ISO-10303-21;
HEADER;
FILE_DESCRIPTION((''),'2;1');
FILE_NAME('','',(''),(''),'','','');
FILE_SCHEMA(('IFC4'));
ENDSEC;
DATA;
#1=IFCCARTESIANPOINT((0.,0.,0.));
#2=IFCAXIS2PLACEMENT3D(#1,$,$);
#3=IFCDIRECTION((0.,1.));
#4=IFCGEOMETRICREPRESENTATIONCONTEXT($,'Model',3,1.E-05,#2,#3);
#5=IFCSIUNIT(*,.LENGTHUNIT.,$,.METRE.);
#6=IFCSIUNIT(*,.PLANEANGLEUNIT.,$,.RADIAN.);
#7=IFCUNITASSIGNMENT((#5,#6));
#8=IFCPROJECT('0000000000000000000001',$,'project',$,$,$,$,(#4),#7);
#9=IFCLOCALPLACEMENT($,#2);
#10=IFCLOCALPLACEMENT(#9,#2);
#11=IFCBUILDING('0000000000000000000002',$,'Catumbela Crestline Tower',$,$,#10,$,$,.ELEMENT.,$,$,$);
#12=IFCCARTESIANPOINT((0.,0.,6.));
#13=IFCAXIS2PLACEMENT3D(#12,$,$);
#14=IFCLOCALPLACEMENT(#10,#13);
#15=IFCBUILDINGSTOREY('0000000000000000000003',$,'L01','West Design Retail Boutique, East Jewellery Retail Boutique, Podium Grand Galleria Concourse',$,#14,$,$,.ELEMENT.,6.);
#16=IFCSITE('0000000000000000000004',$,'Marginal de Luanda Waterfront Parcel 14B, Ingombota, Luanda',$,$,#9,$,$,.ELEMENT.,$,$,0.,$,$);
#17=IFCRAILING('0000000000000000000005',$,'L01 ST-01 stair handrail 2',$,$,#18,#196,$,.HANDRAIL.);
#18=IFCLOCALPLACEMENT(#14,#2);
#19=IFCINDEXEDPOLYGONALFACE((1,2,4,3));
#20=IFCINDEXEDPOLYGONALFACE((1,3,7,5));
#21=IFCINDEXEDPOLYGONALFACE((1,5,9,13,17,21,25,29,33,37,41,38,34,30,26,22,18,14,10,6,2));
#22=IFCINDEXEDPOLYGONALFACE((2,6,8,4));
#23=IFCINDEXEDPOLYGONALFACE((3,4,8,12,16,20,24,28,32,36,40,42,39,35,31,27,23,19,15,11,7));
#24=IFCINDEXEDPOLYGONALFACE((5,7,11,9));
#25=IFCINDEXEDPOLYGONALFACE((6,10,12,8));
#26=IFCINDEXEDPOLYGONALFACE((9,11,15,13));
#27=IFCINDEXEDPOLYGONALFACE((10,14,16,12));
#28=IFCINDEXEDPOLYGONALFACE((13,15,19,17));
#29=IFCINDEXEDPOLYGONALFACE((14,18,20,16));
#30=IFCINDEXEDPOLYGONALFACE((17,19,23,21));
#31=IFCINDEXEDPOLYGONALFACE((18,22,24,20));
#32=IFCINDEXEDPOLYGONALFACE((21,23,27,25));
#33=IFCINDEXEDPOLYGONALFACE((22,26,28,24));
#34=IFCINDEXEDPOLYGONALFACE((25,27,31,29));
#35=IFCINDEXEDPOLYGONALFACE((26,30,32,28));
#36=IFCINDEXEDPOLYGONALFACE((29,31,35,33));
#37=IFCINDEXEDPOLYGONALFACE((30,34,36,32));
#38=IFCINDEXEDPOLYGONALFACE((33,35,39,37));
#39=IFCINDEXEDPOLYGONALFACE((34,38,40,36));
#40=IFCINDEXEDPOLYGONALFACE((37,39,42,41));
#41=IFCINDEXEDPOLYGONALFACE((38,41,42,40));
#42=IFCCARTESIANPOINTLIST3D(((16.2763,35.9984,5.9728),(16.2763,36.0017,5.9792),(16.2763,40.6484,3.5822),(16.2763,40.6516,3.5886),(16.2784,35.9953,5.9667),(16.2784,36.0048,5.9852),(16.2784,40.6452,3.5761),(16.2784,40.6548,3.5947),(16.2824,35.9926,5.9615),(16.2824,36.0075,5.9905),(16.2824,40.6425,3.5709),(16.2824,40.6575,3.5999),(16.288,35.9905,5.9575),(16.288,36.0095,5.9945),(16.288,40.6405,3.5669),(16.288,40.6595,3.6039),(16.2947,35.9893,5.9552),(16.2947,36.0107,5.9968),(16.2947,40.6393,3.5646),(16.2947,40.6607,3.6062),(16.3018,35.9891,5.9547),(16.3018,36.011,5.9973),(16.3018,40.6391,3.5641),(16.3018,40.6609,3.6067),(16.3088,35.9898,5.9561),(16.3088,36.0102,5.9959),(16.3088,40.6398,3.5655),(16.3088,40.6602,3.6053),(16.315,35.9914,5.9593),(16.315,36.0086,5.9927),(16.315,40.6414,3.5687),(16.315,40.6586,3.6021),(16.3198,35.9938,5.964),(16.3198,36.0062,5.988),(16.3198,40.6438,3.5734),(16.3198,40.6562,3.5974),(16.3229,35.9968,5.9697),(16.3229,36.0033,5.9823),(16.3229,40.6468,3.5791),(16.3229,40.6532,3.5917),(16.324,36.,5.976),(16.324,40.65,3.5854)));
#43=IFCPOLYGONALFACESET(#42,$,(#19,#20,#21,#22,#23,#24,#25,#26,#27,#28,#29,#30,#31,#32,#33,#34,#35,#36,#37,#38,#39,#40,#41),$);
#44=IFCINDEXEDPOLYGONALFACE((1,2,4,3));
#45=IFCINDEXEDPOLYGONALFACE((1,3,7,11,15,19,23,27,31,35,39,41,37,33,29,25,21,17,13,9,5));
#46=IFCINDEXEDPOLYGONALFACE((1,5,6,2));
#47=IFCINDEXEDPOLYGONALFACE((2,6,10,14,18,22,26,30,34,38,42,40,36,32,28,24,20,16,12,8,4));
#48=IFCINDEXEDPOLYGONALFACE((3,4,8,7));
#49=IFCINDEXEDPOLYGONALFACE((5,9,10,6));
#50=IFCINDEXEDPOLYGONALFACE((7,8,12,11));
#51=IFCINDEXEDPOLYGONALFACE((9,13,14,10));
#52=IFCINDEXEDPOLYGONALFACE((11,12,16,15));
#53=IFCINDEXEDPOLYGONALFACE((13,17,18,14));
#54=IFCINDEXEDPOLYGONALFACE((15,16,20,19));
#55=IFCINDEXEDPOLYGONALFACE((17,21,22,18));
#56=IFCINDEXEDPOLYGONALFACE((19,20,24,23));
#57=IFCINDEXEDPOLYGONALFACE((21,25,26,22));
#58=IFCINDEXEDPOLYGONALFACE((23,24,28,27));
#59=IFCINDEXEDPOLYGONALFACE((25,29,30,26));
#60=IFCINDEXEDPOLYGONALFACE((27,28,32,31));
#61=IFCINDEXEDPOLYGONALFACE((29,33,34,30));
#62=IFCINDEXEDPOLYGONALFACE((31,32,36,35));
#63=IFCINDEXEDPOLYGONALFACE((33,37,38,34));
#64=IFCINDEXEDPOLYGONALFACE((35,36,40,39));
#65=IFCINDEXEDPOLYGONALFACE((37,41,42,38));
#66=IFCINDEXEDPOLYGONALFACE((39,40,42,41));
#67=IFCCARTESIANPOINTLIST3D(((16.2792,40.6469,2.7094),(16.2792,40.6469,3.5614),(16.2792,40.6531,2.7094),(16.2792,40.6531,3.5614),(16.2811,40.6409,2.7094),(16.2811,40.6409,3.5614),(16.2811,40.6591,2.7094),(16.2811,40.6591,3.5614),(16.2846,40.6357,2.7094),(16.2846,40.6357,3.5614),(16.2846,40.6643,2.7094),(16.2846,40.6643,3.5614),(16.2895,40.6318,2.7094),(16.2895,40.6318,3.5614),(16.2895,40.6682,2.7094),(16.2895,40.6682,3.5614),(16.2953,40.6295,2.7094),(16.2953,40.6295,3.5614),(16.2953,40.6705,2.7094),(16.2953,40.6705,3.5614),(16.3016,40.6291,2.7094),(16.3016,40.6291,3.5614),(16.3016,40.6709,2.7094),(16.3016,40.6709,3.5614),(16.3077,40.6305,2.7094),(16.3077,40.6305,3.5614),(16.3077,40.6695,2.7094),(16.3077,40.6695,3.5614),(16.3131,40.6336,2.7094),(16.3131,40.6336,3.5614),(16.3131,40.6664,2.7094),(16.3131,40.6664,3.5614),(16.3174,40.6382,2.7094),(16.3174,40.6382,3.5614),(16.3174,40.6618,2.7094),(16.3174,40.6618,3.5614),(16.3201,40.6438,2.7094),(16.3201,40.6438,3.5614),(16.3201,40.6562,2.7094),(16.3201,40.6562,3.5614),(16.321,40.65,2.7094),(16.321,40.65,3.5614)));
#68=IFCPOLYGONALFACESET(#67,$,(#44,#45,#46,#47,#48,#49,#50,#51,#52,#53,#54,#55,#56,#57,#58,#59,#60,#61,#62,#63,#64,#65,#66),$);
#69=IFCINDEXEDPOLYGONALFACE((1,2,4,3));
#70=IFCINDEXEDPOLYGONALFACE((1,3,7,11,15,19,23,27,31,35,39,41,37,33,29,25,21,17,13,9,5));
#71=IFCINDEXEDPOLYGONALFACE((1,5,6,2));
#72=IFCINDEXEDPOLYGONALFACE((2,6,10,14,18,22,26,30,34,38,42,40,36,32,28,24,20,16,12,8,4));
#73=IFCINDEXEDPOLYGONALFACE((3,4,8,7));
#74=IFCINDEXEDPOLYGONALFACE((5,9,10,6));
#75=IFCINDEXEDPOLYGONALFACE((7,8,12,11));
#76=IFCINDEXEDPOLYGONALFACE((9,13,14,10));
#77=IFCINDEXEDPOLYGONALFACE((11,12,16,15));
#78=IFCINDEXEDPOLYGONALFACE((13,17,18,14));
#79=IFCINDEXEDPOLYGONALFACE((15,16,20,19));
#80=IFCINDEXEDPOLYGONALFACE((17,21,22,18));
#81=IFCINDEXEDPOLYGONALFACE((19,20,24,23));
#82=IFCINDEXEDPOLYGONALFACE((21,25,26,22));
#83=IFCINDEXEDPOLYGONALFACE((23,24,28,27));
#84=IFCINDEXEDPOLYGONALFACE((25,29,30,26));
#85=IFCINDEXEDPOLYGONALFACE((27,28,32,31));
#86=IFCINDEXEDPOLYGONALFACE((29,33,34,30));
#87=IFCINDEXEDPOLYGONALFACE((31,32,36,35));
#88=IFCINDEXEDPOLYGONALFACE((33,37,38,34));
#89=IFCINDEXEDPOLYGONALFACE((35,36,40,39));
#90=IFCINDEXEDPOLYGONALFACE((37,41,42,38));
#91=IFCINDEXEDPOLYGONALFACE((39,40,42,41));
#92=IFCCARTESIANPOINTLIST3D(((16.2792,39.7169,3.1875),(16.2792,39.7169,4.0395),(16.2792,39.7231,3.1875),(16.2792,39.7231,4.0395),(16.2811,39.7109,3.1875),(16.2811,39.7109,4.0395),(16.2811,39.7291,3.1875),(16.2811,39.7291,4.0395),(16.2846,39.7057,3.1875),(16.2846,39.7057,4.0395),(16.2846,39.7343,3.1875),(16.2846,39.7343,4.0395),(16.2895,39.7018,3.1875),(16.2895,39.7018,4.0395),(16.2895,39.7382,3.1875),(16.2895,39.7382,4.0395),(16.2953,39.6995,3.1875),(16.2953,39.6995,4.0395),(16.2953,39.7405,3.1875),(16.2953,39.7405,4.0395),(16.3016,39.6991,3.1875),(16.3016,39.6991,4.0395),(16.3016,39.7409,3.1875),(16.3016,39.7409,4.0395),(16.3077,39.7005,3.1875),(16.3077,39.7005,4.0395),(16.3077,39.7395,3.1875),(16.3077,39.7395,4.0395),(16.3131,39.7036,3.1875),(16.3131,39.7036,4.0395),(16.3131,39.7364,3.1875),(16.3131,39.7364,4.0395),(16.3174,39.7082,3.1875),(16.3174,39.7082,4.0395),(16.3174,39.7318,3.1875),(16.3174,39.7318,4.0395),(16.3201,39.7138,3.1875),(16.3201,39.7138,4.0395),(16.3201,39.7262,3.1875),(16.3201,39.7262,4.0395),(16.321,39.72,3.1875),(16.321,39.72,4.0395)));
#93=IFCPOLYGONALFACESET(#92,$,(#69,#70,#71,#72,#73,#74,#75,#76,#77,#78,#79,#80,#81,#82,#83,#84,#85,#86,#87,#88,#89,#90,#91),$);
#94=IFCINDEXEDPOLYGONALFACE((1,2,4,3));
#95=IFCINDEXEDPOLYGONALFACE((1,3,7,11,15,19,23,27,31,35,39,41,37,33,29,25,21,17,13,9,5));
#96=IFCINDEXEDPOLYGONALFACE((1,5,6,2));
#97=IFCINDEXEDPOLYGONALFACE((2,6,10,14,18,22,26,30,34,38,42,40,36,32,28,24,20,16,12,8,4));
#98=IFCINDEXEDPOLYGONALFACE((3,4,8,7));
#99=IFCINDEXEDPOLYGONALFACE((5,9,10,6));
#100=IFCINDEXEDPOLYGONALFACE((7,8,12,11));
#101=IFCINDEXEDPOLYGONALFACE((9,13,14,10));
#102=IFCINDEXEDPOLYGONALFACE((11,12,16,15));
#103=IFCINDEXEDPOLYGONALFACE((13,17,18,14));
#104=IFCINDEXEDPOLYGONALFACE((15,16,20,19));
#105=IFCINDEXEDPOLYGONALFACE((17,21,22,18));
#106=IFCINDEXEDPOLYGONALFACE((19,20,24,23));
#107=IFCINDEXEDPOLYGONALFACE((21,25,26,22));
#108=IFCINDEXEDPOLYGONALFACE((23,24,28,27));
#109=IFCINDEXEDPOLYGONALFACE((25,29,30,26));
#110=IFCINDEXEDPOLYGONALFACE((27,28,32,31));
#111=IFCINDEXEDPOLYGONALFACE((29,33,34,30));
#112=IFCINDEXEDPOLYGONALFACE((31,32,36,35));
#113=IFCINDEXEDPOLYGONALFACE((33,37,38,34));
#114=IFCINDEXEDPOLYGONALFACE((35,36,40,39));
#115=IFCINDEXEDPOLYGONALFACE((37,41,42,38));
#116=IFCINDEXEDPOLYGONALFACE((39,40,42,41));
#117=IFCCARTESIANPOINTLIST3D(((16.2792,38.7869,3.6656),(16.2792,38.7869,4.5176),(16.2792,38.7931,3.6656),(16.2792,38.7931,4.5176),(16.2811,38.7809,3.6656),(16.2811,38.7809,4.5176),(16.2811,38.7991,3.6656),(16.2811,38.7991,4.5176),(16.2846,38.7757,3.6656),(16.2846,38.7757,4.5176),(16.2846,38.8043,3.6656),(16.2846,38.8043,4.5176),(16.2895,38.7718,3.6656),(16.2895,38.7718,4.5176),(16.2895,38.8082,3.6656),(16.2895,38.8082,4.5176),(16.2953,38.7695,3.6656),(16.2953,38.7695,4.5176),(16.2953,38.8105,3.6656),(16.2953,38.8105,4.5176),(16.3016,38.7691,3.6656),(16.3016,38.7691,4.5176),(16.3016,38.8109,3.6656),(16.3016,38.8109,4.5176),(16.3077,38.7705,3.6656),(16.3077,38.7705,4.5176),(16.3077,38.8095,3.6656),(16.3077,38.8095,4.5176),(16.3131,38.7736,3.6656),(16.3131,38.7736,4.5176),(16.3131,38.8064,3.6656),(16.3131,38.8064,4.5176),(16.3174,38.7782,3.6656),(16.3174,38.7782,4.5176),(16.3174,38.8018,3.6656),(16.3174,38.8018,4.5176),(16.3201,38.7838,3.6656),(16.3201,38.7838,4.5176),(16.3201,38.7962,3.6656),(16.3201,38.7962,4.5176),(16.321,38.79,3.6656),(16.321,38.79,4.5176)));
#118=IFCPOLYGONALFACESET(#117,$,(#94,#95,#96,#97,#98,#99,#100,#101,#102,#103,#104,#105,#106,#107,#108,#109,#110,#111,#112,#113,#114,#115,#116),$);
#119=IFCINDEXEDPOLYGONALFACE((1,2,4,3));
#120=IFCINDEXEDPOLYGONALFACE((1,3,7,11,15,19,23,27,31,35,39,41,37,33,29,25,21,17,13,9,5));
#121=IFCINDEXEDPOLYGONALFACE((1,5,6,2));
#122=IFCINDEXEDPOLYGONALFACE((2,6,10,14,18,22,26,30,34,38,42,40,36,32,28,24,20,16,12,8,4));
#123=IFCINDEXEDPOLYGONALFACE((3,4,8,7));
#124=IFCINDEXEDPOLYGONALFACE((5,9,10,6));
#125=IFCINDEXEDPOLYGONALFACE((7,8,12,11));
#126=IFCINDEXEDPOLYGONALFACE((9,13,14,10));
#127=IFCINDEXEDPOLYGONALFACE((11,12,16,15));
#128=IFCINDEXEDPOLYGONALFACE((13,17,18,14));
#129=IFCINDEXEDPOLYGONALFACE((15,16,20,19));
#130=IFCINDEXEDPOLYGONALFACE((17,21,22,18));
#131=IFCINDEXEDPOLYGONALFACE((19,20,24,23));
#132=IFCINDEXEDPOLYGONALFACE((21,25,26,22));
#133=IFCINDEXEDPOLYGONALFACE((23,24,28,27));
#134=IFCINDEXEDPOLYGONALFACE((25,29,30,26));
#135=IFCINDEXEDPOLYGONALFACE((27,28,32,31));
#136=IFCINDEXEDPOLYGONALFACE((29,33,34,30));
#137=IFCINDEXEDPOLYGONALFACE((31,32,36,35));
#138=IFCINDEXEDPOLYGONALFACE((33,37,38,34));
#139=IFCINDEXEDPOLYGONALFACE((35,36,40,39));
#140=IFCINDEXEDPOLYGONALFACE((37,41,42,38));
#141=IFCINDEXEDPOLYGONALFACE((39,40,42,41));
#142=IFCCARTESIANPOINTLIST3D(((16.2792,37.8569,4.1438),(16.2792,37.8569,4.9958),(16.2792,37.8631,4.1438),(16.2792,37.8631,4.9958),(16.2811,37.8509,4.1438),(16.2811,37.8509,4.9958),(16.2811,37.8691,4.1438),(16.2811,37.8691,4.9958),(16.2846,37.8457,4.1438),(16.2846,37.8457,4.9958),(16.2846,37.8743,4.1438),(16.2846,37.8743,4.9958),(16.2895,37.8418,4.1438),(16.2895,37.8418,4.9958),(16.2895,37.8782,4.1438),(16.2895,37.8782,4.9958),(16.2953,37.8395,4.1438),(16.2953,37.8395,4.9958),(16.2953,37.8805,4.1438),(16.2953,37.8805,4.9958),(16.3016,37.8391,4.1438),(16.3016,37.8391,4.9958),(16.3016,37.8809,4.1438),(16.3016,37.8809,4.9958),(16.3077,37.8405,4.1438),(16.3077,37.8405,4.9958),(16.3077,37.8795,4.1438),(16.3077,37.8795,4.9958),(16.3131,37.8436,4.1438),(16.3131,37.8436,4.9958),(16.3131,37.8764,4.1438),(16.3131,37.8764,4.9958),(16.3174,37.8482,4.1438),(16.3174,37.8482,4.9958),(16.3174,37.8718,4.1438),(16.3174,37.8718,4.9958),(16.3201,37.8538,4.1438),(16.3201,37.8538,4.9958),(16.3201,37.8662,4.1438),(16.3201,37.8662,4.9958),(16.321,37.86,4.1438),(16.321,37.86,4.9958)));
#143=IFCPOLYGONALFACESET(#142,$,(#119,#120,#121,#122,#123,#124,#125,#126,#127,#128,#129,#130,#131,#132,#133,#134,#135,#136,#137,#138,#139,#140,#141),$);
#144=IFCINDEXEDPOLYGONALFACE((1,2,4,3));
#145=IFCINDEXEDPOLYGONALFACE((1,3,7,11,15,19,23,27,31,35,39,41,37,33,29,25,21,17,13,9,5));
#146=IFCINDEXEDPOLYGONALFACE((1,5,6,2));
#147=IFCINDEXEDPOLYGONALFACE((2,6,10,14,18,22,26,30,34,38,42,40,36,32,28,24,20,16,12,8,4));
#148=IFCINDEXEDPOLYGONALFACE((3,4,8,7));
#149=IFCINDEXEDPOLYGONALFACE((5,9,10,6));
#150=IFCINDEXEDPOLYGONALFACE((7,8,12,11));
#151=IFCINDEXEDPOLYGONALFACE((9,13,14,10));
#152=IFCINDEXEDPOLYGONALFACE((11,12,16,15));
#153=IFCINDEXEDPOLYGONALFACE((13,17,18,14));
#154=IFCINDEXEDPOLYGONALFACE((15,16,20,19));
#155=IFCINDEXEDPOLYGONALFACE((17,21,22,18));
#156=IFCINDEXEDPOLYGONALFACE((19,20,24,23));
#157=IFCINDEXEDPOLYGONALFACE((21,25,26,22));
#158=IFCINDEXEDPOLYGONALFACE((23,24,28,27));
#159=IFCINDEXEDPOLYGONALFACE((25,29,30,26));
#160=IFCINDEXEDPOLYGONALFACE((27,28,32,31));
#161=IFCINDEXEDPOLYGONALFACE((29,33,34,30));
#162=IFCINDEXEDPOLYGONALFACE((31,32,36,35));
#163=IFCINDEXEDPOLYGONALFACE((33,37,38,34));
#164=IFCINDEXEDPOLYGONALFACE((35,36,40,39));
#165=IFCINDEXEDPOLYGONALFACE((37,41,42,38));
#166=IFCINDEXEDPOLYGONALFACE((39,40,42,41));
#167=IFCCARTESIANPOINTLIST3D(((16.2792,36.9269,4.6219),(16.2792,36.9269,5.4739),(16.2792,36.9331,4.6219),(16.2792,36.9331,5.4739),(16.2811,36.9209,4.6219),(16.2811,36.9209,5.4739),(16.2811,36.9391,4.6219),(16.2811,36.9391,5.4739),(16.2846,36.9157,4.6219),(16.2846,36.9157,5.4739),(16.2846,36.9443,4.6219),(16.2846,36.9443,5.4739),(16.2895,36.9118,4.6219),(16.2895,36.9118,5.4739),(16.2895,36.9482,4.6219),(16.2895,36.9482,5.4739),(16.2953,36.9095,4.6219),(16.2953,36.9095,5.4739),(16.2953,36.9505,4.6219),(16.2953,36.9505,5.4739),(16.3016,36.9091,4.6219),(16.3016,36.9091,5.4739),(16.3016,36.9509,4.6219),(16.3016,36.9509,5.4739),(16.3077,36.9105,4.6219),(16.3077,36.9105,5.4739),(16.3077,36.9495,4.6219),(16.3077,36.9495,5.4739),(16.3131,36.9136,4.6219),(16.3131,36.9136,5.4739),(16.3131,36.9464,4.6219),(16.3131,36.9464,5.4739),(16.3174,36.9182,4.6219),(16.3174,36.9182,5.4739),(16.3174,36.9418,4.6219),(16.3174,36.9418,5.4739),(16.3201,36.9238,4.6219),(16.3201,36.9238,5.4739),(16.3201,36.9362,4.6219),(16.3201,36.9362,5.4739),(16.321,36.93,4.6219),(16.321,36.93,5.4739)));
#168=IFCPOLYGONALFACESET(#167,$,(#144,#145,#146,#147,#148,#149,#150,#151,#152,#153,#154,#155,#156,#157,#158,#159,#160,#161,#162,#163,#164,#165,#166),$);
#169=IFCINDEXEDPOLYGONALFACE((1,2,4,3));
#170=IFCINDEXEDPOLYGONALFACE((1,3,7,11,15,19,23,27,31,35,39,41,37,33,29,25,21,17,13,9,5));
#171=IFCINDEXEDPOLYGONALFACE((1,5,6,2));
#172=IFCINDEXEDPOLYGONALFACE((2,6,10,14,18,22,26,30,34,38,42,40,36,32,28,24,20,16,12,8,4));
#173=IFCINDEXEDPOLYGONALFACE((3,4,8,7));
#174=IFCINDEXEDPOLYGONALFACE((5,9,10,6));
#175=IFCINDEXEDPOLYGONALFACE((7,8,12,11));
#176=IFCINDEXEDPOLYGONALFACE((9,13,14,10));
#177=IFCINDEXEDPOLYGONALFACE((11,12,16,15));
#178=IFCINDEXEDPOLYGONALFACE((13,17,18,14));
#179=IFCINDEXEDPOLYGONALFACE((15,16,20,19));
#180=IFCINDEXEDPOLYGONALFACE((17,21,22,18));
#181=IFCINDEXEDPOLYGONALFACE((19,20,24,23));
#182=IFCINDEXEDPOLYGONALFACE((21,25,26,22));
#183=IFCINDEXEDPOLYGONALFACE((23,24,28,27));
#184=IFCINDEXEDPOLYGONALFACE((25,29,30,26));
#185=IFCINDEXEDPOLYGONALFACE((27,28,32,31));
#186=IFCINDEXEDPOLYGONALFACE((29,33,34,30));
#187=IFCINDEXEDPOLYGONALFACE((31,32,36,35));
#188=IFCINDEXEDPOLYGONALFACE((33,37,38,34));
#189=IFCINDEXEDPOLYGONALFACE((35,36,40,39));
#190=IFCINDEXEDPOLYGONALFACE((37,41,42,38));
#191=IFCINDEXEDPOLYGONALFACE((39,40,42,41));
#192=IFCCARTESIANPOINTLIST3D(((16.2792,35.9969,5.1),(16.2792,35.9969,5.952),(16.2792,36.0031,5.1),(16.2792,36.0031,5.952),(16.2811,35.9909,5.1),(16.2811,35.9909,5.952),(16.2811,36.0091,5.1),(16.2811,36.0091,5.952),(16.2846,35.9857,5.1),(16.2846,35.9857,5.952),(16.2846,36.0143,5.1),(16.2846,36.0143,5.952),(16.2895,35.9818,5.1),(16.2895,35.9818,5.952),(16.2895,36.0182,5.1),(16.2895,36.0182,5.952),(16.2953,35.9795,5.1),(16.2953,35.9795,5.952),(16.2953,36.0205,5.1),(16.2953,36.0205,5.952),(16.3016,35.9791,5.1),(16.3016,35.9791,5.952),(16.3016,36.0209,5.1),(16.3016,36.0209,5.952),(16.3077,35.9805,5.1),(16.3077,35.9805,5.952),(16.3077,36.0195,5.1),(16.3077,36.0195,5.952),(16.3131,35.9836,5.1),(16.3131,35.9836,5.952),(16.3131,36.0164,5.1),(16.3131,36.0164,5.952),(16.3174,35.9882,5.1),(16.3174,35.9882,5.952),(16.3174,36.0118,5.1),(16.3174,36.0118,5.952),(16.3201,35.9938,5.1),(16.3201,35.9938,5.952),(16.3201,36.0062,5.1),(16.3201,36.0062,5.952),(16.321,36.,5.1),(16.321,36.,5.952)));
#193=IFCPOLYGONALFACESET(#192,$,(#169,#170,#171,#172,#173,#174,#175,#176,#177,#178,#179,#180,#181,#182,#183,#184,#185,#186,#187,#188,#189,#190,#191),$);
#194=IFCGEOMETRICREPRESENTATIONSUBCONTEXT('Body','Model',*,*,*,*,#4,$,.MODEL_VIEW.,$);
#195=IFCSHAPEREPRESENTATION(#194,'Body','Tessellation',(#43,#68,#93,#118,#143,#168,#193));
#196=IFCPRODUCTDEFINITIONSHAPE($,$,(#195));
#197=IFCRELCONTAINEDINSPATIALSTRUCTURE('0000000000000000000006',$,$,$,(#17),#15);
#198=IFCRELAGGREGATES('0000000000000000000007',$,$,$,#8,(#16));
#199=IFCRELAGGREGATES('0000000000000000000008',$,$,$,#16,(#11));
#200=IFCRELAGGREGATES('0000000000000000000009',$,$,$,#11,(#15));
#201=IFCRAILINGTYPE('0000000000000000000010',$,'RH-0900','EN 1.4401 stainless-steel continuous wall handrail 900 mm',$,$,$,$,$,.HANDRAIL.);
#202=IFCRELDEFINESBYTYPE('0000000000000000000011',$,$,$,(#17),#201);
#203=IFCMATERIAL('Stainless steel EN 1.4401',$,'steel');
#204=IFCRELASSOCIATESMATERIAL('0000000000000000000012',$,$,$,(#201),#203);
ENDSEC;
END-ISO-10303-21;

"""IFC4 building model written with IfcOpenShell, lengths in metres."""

from ifc_helpers import new_model, si_unit, direction, frame, origin, origin_2d, place, context, subcontext, project, spatial, circle, extrude, material, type_object, element, save


model = new_model("IFC4")

# Units and contexts
model_context = context("Model", 3, precision=1e-05, world=origin(), true_north=direction((0.0, 1.0)))
body_context = subcontext(model_context, "Body", "Model", "MODEL_VIEW")
ifc_project = project(units=[si_unit("LENGTHUNIT", "METRE"), si_unit("PLANEANGLEUNIT", "RADIAN")], contexts=[model_context])

# Site, building, storey
site_placement = place(None, origin())
site = spatial("IfcSite", under=ifc_project, at=site_placement, Name="Marginal de Luanda Waterfront Parcel 14B, Ingombota, Luanda", CompositionType="ELEMENT", RefElevation=0.0)
building_placement = place(site_placement, origin())
building = spatial("IfcBuilding", under=site, at=building_placement, Name="Catumbela Crestline Tower", CompositionType="ELEMENT")
storey_placement = place(building_placement, frame((0.0, 0.0, 6.0)))
storey = spatial("IfcBuildingStorey", under=building, at=storey_placement, Name="L01", Description="West Design Retail Boutique, East Jewellery Retail Boutique, Podium Grand Galleria Concourse", CompositionType="ELEMENT", Elevation=6.0)

# Railing
ifc_material_1 = material(Name="Stainless steel EN 1.4401", Category="steel")
railing_type_1 = type_object("IfcRailingType", Name="RH-0900", Description="EN 1.4401 stainless-steel continuous wall handrail 900 mm", PredefinedType="HANDRAIL", material=ifc_material_1)
railing_1_placement = place(storey_placement, frame((16.3, 40.65, 2.7094)))
element("IfcRailing", 1, at=railing_1_placement, inside=storey, type_object=railing_type_1, Name="L01 ST-01 stair handrail 2", PredefinedType="HANDRAIL", context=body_context, shape_type="SweptSolid", body=[
    extrude(circle(Radius=0.024, at=origin_2d()), frame((0.0, 0.0, 0.876), z_axis=(0.0, -0.889352, 0.457223), x_axis=(1.0, 0.0, 0.0)), (0.0, 0.0, 1.0), 5.2285),
    extrude(circle(Radius=0.021, at=origin_2d()), origin(), (0.0, 0.0, 1.0), 0.852),
    extrude(circle(Radius=0.021, at=origin_2d()), frame((0.0, -0.93, 0.4781)), (0.0, 0.0, 1.0), 0.852),
    extrude(circle(Radius=0.021, at=origin_2d()), frame((0.0, -1.86, 0.9562)), (0.0, 0.0, 1.0), 0.852),
    extrude(circle(Radius=0.021, at=origin_2d()), frame((0.0, -2.79, 1.4344)), (0.0, 0.0, 1.0), 0.852),
    extrude(circle(Radius=0.021, at=origin_2d()), frame((0.0, -3.72, 1.9125)), (0.0, 0.0, 1.0), 0.852),
    extrude(circle(Radius=0.021, at=origin_2d()), frame((0.0, -4.65, 2.3906)), (0.0, 0.0, 1.0), 0.852),
])

save(model, "model.ifc")
